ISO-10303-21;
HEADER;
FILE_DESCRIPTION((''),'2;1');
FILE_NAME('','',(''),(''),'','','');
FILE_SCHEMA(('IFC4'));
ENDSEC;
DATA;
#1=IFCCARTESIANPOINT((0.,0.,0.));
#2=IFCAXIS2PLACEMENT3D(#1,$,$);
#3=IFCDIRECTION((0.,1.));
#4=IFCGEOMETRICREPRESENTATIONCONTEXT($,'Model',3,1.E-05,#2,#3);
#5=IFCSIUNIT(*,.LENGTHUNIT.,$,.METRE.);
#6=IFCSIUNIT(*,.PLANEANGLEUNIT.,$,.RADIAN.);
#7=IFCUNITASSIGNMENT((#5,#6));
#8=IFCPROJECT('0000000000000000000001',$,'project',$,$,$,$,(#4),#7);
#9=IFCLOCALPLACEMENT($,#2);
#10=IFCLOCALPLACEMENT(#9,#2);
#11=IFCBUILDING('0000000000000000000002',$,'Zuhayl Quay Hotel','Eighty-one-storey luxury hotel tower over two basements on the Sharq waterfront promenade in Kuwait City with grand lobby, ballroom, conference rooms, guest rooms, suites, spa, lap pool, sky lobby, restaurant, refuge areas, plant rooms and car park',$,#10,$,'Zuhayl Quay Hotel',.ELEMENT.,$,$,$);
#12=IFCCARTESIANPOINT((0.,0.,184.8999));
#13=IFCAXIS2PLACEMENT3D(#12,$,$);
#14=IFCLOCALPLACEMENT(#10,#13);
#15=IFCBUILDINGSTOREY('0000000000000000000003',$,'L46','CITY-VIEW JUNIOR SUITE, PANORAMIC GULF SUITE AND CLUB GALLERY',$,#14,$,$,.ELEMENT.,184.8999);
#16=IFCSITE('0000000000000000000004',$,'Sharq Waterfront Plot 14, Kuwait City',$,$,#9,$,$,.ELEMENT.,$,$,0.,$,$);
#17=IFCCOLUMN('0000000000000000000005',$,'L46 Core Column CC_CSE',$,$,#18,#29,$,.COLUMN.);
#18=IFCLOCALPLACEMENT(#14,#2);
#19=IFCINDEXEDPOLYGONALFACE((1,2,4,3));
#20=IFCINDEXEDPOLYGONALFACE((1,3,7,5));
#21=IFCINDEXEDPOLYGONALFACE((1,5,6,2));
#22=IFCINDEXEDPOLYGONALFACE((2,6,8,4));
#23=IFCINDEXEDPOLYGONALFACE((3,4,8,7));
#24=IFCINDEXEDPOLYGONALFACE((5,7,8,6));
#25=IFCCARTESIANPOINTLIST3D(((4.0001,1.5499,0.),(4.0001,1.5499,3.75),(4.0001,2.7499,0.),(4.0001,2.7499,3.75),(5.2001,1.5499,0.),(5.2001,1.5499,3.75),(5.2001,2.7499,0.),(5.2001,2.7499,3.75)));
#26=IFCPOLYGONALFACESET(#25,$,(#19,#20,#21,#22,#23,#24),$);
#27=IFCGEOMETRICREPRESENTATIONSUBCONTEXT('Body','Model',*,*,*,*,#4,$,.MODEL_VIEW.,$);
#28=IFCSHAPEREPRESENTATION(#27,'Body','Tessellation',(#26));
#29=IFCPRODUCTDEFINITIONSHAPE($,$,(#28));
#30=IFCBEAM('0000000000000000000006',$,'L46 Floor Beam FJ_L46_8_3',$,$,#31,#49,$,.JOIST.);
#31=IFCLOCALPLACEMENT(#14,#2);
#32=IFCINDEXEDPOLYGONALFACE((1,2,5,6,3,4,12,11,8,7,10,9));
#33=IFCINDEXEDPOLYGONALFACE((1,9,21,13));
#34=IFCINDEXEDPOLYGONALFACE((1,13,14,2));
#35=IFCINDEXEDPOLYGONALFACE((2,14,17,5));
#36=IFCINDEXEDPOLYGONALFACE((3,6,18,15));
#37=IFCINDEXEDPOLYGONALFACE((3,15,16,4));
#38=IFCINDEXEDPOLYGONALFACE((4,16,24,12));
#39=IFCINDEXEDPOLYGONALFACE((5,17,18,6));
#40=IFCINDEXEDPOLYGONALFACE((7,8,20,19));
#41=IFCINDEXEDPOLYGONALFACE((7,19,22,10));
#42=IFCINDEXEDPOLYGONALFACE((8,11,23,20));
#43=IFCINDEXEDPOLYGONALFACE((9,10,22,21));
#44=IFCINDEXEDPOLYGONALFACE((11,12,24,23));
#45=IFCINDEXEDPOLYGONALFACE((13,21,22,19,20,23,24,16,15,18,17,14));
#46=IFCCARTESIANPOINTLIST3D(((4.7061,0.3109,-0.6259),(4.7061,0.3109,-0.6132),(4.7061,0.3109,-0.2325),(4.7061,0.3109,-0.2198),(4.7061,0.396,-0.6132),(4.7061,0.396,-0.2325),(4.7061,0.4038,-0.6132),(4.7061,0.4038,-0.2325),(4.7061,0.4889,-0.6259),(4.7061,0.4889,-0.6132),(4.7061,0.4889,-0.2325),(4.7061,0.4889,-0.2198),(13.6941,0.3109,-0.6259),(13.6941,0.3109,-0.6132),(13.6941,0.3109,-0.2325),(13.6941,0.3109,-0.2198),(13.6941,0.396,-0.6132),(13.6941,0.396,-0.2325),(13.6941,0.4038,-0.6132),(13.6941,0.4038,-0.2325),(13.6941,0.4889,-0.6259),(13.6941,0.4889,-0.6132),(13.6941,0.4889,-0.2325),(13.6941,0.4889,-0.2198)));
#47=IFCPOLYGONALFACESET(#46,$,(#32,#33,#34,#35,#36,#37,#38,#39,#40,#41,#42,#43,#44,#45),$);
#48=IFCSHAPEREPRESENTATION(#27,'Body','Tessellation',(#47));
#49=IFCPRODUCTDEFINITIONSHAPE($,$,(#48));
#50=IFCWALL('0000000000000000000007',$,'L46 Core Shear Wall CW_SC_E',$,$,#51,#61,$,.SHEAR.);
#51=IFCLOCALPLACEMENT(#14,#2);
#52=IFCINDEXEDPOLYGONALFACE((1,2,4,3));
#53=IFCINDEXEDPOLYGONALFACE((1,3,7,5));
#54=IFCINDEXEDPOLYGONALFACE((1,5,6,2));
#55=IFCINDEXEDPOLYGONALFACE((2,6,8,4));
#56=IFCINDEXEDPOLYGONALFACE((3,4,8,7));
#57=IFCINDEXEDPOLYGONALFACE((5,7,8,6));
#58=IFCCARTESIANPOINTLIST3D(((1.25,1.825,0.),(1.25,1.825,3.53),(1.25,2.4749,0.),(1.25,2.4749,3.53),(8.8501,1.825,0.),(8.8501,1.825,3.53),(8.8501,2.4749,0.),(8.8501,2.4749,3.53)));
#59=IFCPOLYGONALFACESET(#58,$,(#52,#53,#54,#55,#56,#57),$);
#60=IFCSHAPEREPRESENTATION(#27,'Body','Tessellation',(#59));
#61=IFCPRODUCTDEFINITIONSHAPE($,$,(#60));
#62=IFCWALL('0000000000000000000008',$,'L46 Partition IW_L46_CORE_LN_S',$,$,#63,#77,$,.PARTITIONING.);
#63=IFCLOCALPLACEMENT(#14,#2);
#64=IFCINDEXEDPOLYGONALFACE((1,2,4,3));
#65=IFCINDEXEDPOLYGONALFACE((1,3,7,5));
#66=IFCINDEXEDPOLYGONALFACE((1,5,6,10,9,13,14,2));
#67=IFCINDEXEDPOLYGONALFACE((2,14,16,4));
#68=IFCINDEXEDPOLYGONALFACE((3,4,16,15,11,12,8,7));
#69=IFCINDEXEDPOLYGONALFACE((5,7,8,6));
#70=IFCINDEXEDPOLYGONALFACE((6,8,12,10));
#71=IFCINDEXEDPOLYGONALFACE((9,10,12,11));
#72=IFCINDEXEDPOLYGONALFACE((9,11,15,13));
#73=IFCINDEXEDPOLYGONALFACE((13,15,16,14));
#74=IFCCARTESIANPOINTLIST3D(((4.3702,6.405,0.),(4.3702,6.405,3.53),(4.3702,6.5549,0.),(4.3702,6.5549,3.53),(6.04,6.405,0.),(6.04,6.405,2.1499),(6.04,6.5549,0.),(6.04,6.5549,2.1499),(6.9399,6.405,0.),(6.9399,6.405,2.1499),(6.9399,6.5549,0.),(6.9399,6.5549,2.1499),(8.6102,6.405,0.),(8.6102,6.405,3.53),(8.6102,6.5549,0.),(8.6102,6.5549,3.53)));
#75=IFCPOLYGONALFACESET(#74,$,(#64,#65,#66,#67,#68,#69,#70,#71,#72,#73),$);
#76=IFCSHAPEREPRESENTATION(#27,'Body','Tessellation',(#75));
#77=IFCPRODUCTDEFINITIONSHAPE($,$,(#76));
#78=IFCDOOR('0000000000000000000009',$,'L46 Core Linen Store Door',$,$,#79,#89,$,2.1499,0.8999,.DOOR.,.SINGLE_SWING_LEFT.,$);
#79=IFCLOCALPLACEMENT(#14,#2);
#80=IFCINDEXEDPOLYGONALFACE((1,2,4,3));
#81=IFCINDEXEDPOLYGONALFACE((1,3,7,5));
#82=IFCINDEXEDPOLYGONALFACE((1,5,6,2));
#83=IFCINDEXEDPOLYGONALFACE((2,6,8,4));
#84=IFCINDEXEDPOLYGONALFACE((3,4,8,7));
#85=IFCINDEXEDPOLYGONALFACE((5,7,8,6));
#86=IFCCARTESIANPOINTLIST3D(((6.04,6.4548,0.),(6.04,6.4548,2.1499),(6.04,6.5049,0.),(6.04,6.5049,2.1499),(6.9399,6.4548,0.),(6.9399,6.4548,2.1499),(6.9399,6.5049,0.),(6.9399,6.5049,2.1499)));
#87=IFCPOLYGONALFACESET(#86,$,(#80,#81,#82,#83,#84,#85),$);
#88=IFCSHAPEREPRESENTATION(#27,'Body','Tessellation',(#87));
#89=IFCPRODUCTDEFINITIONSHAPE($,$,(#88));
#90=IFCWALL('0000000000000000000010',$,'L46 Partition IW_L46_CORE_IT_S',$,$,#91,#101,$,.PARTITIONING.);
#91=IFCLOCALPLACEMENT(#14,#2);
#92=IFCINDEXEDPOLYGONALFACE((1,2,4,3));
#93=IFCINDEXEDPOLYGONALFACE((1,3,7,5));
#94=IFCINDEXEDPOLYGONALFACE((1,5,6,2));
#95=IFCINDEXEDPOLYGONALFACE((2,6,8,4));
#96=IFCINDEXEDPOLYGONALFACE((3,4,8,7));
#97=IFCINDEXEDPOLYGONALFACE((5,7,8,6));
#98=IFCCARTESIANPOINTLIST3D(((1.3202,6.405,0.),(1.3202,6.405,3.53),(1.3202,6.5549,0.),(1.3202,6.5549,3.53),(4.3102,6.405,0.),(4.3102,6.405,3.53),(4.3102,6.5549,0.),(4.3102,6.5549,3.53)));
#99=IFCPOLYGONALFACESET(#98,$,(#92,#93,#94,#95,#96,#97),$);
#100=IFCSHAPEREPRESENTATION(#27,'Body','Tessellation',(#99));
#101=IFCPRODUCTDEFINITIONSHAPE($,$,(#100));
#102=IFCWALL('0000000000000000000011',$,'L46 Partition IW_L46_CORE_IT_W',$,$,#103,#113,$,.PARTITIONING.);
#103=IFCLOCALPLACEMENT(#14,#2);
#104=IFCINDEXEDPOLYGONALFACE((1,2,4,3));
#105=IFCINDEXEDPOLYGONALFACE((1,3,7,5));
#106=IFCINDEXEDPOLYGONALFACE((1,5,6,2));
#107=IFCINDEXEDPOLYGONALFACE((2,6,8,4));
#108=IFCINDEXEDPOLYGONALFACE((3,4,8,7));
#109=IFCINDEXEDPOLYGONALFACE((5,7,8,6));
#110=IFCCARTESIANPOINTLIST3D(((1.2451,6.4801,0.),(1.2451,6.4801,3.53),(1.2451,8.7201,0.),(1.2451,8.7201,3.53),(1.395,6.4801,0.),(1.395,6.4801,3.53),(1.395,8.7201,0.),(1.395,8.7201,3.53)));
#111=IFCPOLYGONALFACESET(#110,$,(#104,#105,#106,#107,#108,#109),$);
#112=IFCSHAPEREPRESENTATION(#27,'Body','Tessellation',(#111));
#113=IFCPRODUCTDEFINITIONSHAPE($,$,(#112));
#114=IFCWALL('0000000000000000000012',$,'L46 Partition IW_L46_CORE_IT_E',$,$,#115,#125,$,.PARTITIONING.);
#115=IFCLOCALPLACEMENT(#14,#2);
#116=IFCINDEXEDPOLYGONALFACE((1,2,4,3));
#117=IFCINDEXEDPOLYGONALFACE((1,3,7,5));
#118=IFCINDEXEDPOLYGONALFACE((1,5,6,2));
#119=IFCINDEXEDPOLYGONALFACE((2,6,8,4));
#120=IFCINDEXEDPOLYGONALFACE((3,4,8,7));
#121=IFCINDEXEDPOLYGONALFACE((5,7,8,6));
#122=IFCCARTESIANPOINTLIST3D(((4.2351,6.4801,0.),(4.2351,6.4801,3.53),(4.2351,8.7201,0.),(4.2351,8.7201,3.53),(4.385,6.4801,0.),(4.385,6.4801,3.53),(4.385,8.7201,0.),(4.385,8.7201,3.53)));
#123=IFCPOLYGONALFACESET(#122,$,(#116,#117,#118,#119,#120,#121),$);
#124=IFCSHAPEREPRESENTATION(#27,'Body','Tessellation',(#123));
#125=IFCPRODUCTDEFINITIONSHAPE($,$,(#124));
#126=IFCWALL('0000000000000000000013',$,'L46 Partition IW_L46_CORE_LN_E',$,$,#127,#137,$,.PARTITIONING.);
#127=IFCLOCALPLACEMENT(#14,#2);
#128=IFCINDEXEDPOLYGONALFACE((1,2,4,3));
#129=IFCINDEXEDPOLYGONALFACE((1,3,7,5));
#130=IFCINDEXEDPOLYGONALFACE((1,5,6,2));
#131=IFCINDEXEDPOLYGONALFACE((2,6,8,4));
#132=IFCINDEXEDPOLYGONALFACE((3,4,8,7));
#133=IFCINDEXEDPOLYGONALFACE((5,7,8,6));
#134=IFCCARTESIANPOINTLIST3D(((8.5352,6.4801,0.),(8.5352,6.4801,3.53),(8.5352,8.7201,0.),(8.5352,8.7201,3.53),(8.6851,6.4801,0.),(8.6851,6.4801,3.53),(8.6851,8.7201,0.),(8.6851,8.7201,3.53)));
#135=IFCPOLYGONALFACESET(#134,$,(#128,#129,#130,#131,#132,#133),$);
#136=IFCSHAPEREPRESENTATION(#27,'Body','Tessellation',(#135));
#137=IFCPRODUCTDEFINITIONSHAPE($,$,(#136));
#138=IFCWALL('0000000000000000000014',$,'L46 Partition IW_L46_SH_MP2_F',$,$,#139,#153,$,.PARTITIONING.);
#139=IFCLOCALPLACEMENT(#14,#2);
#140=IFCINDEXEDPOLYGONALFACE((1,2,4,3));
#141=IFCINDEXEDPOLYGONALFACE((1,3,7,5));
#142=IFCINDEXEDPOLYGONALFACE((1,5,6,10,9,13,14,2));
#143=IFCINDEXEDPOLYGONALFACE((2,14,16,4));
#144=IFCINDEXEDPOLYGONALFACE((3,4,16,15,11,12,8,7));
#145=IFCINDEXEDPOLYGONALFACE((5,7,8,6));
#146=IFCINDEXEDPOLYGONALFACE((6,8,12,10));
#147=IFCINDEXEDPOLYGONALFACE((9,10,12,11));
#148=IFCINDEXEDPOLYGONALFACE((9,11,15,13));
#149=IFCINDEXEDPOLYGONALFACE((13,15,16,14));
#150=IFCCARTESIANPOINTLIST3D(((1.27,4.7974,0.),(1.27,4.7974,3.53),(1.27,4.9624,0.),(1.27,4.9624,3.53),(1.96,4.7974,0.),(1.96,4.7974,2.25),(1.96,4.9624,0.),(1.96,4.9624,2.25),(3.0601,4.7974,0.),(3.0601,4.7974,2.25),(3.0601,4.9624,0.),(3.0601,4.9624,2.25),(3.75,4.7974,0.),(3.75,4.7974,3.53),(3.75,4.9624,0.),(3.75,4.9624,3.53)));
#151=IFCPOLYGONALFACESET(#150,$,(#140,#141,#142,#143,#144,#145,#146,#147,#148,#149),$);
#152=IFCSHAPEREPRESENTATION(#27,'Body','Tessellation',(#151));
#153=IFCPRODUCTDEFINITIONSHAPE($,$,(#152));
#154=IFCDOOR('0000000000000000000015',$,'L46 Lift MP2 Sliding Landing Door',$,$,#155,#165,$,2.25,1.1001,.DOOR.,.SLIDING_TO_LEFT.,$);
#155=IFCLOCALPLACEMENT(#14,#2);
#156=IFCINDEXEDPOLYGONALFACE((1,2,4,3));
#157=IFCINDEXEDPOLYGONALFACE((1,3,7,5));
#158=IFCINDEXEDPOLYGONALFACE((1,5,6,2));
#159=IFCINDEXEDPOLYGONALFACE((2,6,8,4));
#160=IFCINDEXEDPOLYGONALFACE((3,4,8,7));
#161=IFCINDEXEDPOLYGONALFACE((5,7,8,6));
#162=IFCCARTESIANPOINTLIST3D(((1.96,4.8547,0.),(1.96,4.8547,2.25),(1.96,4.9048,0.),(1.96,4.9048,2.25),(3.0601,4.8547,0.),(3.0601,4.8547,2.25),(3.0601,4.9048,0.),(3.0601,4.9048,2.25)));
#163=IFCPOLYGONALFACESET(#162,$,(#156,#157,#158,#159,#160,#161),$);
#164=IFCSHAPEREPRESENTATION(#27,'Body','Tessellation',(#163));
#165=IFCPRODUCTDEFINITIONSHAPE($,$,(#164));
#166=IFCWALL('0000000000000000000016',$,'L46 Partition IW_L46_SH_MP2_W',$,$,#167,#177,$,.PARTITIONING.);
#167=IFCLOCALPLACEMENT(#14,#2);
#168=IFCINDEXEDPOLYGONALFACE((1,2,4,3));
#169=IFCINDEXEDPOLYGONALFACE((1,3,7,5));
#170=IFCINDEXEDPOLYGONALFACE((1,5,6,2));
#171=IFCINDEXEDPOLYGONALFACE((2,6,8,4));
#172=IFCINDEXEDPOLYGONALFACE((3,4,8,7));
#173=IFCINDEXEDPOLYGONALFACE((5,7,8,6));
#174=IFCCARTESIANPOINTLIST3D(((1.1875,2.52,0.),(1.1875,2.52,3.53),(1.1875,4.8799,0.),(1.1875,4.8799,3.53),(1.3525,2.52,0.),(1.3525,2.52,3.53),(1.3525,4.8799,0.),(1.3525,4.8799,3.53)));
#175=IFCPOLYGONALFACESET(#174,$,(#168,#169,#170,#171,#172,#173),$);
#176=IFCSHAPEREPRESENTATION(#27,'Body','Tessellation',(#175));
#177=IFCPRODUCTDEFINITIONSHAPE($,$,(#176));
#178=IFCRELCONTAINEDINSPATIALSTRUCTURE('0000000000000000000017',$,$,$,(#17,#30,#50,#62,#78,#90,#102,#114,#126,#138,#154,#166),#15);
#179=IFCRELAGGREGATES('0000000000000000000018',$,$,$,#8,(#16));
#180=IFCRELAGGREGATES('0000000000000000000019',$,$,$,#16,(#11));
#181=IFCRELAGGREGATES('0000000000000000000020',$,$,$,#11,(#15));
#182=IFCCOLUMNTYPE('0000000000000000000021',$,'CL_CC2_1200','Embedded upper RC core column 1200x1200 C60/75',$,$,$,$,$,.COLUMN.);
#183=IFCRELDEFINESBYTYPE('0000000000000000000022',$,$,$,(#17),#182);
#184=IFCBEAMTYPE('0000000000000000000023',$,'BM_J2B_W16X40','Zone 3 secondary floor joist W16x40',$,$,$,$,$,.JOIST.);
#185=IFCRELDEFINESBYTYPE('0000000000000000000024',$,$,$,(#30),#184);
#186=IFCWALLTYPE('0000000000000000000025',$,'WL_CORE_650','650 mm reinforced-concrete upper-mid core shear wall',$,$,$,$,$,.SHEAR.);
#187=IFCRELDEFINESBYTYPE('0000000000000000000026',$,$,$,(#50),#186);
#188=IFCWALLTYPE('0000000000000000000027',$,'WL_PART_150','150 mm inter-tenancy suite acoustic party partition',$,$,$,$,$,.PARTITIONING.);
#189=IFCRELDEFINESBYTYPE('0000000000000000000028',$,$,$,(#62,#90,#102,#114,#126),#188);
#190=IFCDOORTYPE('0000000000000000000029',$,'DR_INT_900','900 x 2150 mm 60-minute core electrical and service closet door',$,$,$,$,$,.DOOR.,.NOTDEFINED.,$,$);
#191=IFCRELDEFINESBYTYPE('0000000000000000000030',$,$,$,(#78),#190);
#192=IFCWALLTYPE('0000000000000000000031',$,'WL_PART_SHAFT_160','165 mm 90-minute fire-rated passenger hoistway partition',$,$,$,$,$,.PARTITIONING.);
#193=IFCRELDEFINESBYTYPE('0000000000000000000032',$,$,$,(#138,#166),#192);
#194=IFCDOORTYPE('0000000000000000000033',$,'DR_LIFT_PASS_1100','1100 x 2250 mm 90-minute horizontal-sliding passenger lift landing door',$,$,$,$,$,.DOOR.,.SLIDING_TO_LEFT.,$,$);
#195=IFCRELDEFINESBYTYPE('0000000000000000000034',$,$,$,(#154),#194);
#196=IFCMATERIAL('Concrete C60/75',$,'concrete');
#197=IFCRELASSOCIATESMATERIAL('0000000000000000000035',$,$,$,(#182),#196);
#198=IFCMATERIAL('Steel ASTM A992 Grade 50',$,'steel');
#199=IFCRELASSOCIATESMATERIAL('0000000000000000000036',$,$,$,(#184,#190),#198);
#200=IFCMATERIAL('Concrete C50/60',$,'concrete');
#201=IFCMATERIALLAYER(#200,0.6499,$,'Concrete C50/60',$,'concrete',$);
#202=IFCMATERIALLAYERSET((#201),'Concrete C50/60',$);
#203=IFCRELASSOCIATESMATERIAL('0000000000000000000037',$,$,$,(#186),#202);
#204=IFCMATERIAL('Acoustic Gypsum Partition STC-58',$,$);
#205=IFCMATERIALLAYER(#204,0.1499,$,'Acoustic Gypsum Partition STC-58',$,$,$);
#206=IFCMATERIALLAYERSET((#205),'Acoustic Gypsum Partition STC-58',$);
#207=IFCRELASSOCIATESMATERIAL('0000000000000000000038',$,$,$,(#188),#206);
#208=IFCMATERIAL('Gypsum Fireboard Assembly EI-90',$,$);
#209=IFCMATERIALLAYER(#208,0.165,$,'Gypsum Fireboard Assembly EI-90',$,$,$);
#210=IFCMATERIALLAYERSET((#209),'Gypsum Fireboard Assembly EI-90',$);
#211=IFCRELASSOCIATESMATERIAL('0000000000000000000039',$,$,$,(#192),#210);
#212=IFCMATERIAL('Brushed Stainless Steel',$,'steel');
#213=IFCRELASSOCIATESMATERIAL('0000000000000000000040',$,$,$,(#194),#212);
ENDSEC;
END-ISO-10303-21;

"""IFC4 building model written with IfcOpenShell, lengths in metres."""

from ifc_helpers import new_model, si_unit, direction, frame, frame_2d, origin, origin_2d, place, context, subcontext, project, spatial, rectangle, i_section, extrude, material, layer, layer_set, material_profile, profile_set, type_object, element, fill, save


model = new_model("IFC4")

# Units and contexts
model_context = context("Model", 3, precision=1e-05, world=origin(), true_north=direction((0.0, 1.0)))
body_context = subcontext(model_context, "Body", "Model", "MODEL_VIEW")
ifc_project = project(units=[si_unit("LENGTHUNIT", "METRE"), si_unit("PLANEANGLEUNIT", "RADIAN")], contexts=[model_context])

# Site, building, storey
site_placement = place(None, origin())
site = spatial("IfcSite", under=ifc_project, at=site_placement, Name="Sharq Waterfront Plot 14, Kuwait City", CompositionType="ELEMENT", RefElevation=0.0)
building_placement = place(site_placement, origin())
building = spatial("IfcBuilding", under=site, at=building_placement, Name="Zuhayl Quay Hotel", Description="Eighty-one-storey luxury hotel tower over two basements on the Sharq waterfront promenade in Kuwait City with grand lobby, ballroom, conference rooms, guest rooms, suites, spa, lap pool, sky lobby, restaurant, refuge areas, plant rooms and car park", LongName="Zuhayl Quay Hotel", CompositionType="ELEMENT")
storey_placement = place(building_placement, frame((0.0, 0.0, 184.8999)))
storey = spatial("IfcBuildingStorey", under=building, at=storey_placement, Name="L46", Description="CITY-VIEW JUNIOR SUITE, PANORAMIC GULF SUITE AND CLUB GALLERY", CompositionType="ELEMENT", Elevation=184.8999)

# Column
ifc_material_1 = material(Name="Concrete C60/75", Category="concrete")
ifc_material_profile_1 = material_profile(ifc_material_1, rectangle(XDim=1.2, YDim=1.2, at=origin_2d()), Name="RC1200X1200")
ifc_profile_set_1 = profile_set([ifc_material_profile_1], Name="Concrete C60/75")
column_type = type_object("IfcColumnType", Name="CL_CC2_1200", Description="Embedded upper RC core column 1200x1200 C60/75", PredefinedType="COLUMN", material=ifc_profile_set_1)
column_placement = place(storey_placement, frame((4.6001, 2.1499, 0.0), z_axis=(0.0, 0.0, 1.0), x_axis=(1.0, 0.0, 0.0)))
element("IfcColumn", 1, at=column_placement, inside=storey, type_object=column_type, Name="L46 Core Column CC_CSE", PredefinedType="COLUMN", context=body_context, shape_type="SweptSolid", body=[
    extrude(rectangle(XDim=1.2, YDim=1.2, at=origin_2d()), origin(), (0.0, 0.0, 1.0), 3.75),
])

# Beam
ifc_material_2 = material(Name="Steel ASTM A992 Grade 50", Category="steel")
ifc_material_profile_2 = material_profile(ifc_material_2, i_section(OverallWidth=0.178, OverallDepth=0.406, WebThickness=0.0078, FlangeThickness=0.0127, at=origin_2d()), Name="W16X40")
ifc_profile_set_2 = profile_set([ifc_material_profile_2], Name="Steel ASTM A992 Grade 50")
beam_type = type_object("IfcBeamType", Name="BM_J2B_W16X40", Description="Zone 3 secondary floor joist W16x40", PredefinedType="JOIST", material=ifc_profile_set_2)
beam_placement = place(storey_placement, frame((4.7061, 0.3999, -0.4229), z_axis=(1.0, 0.0, 0.0), x_axis=(0.0, 1.0, 0.0)))
element("IfcBeam", 2, at=beam_placement, inside=storey, type_object=beam_type, Name="L46 Floor Beam FJ_L46_8_3", PredefinedType="JOIST", context=body_context, shape_type="SweptSolid", body=[
    extrude(i_section(OverallWidth=0.178, OverallDepth=0.406, WebThickness=0.0078, FlangeThickness=0.0127, at=origin_2d()), origin(), (0.0, 0.0, 1.0), 8.988),
])

# Wall
ifc_material_3 = material(Name="Concrete C50/60", Category="concrete")
ifc_layer_1 = layer(ifc_material_3, 0.6499, Name="Concrete C50/60", Category="concrete")
ifc_layer_set_1 = layer_set([ifc_layer_1], Name="Concrete C50/60")
wall_type_1 = type_object("IfcWallType", Name="WL_CORE_650", Description="650 mm reinforced-concrete upper-mid core shear wall", PredefinedType="SHEAR", material=ifc_layer_set_1)
wall_1_placement = place(storey_placement, frame((1.25, 2.1499, 0.0), z_axis=(0.0, 0.0, 1.0), x_axis=(1.0, 0.0, 0.0)))
element("IfcWall", 3, at=wall_1_placement, inside=storey, type_object=wall_type_1, Name="L46 Core Shear Wall CW_SC_E", PredefinedType="SHEAR", context=body_context, shape_type="SweptSolid", body=[
    extrude(rectangle(XDim=7.6001, YDim=0.6499, at=frame_2d((3.8, 0.0))), origin(), (0.0, 0.0, 1.0), 3.53),
])

# Wall, opening, door
ifc_material_4 = material(Name="Acoustic Gypsum Partition STC-58")
ifc_layer_2 = layer(ifc_material_4, 0.1499, Name="Acoustic Gypsum Partition STC-58")
ifc_layer_set_2 = layer_set([ifc_layer_2], Name="Acoustic Gypsum Partition STC-58")
wall_type_2 = type_object("IfcWallType", Name="WL_PART_150", Description="150 mm inter-tenancy suite acoustic party partition", PredefinedType="PARTITIONING", material=ifc_layer_set_2)
wall_2_placement = place(storey_placement, frame((4.3701, 6.48, 0.0), z_axis=(0.0, 0.0, 1.0), x_axis=(1.0, 0.0, 0.0)))
wall_2 = element("IfcWall", 4, at=wall_2_placement, inside=storey, type_object=wall_type_2, Name="L46 Partition IW_L46_CORE_LN_S", PredefinedType="PARTITIONING", context=body_context, shape_type="SweptSolid", body=[
    extrude(rectangle(XDim=4.24, YDim=0.1499, at=frame_2d((2.1201, 0.0))), origin(), (0.0, 0.0, 1.0), 3.53),
])
opening_1_placement = place(wall_2_placement, frame((1.6699, 0.0, 0.0)))
opening_1 = element("IfcOpeningElement", 5, at=opening_1_placement, cuts=wall_2, PredefinedType="OPENING", context=body_context, shape_type="SweptSolid", body=[
    extrude(rectangle(XDim=0.8999, YDim=2.1499, at=frame_2d((0.45, 1.075))), frame((0.0, 0.085, 0.0), z_axis=(0.0, -1.0, 0.0), x_axis=(1.0, 0.0, 0.0)), (0.0, 0.0, 1.0), 0.1699),
])
door_type_1 = type_object("IfcDoorType", Name="DR_INT_900", Description="900 x 2150 mm 60-minute core electrical and service closet door", OperationType="NOTDEFINED", PredefinedType="DOOR", material=ifc_material_2)
door_1_placement = place(opening_1_placement, origin())
door_1 = element("IfcDoor", 6, at=door_1_placement, inside=storey, type_object=door_type_1, Name="L46 Core Linen Store Door", OperationType="SINGLE_SWING_LEFT", OverallHeight=2.1499, OverallWidth=0.8999, PredefinedType="DOOR", context=body_context, shape_type="SweptSolid", body=[
    extrude(rectangle(XDim=0.8999, YDim=2.1499, at=frame_2d((0.45, 1.075))), frame((0.0, 0.0249, 0.0), z_axis=(0.0, -1.0, 0.0), x_axis=(1.0, 0.0, 0.0)), (0.0, 0.0, 1.0), 0.05),
])
fill(opening_1, door_1)

# Walls
wall_3_placement = place(storey_placement, frame((1.3201, 6.48, 0.0), z_axis=(0.0, 0.0, 1.0), x_axis=(1.0, 0.0, 0.0)))
element("IfcWall", 7, at=wall_3_placement, inside=storey, type_object=wall_type_2, Name="L46 Partition IW_L46_CORE_IT_S", PredefinedType="PARTITIONING", context=body_context, shape_type="SweptSolid", body=[
    extrude(rectangle(XDim=2.99, YDim=0.1499, at=frame_2d((1.4951, 0.0))), origin(), (0.0, 0.0, 1.0), 3.53),
])
for number, where, z_axis, x_axis, name in (
    (8, (1.3201, 6.48, 0.0), (0.0, 0.0, 1.0), (0.0, 1.0, 0.0), "L46 Partition IW_L46_CORE_IT_W"),
    (9, (4.3101, 6.48, 0.0), (0.0, 0.0, 1.0), (0.0, 1.0, 0.0), "L46 Partition IW_L46_CORE_IT_E"),
    (10, (8.6101, 6.48, 0.0), (0.0, 0.0, 1.0), (0.0, 1.0, 0.0), "L46 Partition IW_L46_CORE_LN_E"),
):
    element("IfcWall", number, at=place(storey_placement, frame(where, z_axis=z_axis, x_axis=x_axis)), inside=storey, type_object=wall_type_2, Name=name, PredefinedType="PARTITIONING", context=body_context, shape_type="SweptSolid", body=[
        extrude(rectangle(XDim=2.24, YDim=0.1499, at=frame_2d((1.1201, 0.0))), origin(), (0.0, 0.0, 1.0), 3.53),
    ])

# Wall, opening, door
ifc_material_5 = material(Name="Gypsum Fireboard Assembly EI-90")
ifc_layer_3 = layer(ifc_material_5, 0.165, Name="Gypsum Fireboard Assembly EI-90")
ifc_layer_set_3 = layer_set([ifc_layer_3], Name="Gypsum Fireboard Assembly EI-90")
wall_type_3 = type_object("IfcWallType", Name="WL_PART_SHAFT_160", Description="165 mm 90-minute fire-rated passenger hoistway partition", PredefinedType="PARTITIONING", material=ifc_layer_set_3)
wall_4_placement = place(storey_placement, frame((1.27, 4.8799, 0.0), z_axis=(0.0, 0.0, 1.0), x_axis=(1.0, 0.0, 0.0)))
wall_4 = element("IfcWall", 11, at=wall_4_placement, inside=storey, type_object=wall_type_3, Name="L46 Partition IW_L46_SH_MP2_F", PredefinedType="PARTITIONING", context=body_context, shape_type="SweptSolid", body=[
    extrude(rectangle(XDim=2.48, YDim=0.165, at=frame_2d((1.24, 0.0))), origin(), (0.0, 0.0, 1.0), 3.53),
])
opening_2_placement = place(wall_4_placement, frame((0.6899, 0.0, 0.0)))
opening_2 = element("IfcOpeningElement", 12, at=opening_2_placement, cuts=wall_4, PredefinedType="OPENING", context=body_context, shape_type="SweptSolid", body=[
    extrude(rectangle(XDim=1.1001, YDim=2.25, at=frame_2d((0.55, 1.125))), frame((0.0, 0.0925, 0.0), z_axis=(0.0, -1.0, 0.0), x_axis=(1.0, 0.0, 0.0)), (0.0, 0.0, 1.0), 0.1851),
])
ifc_material_6 = material(Name="Brushed Stainless Steel", Category="steel")
door_type_2 = type_object("IfcDoorType", Name="DR_LIFT_PASS_1100", Description="1100 x 2250 mm 90-minute horizontal-sliding passenger lift landing door", OperationType="SLIDING_TO_LEFT", PredefinedType="DOOR", material=ifc_material_6)
door_2_placement = place(opening_2_placement, origin())
door_2 = element("IfcDoor", 13, at=door_2_placement, inside=storey, type_object=door_type_2, Name="L46 Lift MP2 Sliding Landing Door", OperationType="SLIDING_TO_LEFT", OverallHeight=2.25, OverallWidth=1.1001, PredefinedType="DOOR", context=body_context, shape_type="SweptSolid", body=[
    extrude(rectangle(XDim=1.1001, YDim=2.25, at=frame_2d((0.55, 1.125))), frame((0.0, 0.0249, 0.0), z_axis=(0.0, -1.0, 0.0), x_axis=(1.0, 0.0, 0.0)), (0.0, 0.0, 1.0), 0.05),
])
fill(opening_2, door_2)

# Wall
for number, where, z_axis, x_axis, name in (
    (14, (1.27, 2.52, 0.0), (0.0, 0.0, 1.0), (0.0, 1.0, 0.0), "L46 Partition IW_L46_SH_MP2_W"),
):
    element("IfcWall", number, at=place(storey_placement, frame(where, z_axis=z_axis, x_axis=x_axis)), inside=storey, type_object=wall_type_3, Name=name, PredefinedType="PARTITIONING", context=body_context, shape_type="SweptSolid", body=[
        extrude(rectangle(XDim=2.3599, YDim=0.165, at=frame_2d((1.1799, 0.0))), origin(), (0.0, 0.0, 1.0), 3.53),
    ])

save(model, "model.ifc")
